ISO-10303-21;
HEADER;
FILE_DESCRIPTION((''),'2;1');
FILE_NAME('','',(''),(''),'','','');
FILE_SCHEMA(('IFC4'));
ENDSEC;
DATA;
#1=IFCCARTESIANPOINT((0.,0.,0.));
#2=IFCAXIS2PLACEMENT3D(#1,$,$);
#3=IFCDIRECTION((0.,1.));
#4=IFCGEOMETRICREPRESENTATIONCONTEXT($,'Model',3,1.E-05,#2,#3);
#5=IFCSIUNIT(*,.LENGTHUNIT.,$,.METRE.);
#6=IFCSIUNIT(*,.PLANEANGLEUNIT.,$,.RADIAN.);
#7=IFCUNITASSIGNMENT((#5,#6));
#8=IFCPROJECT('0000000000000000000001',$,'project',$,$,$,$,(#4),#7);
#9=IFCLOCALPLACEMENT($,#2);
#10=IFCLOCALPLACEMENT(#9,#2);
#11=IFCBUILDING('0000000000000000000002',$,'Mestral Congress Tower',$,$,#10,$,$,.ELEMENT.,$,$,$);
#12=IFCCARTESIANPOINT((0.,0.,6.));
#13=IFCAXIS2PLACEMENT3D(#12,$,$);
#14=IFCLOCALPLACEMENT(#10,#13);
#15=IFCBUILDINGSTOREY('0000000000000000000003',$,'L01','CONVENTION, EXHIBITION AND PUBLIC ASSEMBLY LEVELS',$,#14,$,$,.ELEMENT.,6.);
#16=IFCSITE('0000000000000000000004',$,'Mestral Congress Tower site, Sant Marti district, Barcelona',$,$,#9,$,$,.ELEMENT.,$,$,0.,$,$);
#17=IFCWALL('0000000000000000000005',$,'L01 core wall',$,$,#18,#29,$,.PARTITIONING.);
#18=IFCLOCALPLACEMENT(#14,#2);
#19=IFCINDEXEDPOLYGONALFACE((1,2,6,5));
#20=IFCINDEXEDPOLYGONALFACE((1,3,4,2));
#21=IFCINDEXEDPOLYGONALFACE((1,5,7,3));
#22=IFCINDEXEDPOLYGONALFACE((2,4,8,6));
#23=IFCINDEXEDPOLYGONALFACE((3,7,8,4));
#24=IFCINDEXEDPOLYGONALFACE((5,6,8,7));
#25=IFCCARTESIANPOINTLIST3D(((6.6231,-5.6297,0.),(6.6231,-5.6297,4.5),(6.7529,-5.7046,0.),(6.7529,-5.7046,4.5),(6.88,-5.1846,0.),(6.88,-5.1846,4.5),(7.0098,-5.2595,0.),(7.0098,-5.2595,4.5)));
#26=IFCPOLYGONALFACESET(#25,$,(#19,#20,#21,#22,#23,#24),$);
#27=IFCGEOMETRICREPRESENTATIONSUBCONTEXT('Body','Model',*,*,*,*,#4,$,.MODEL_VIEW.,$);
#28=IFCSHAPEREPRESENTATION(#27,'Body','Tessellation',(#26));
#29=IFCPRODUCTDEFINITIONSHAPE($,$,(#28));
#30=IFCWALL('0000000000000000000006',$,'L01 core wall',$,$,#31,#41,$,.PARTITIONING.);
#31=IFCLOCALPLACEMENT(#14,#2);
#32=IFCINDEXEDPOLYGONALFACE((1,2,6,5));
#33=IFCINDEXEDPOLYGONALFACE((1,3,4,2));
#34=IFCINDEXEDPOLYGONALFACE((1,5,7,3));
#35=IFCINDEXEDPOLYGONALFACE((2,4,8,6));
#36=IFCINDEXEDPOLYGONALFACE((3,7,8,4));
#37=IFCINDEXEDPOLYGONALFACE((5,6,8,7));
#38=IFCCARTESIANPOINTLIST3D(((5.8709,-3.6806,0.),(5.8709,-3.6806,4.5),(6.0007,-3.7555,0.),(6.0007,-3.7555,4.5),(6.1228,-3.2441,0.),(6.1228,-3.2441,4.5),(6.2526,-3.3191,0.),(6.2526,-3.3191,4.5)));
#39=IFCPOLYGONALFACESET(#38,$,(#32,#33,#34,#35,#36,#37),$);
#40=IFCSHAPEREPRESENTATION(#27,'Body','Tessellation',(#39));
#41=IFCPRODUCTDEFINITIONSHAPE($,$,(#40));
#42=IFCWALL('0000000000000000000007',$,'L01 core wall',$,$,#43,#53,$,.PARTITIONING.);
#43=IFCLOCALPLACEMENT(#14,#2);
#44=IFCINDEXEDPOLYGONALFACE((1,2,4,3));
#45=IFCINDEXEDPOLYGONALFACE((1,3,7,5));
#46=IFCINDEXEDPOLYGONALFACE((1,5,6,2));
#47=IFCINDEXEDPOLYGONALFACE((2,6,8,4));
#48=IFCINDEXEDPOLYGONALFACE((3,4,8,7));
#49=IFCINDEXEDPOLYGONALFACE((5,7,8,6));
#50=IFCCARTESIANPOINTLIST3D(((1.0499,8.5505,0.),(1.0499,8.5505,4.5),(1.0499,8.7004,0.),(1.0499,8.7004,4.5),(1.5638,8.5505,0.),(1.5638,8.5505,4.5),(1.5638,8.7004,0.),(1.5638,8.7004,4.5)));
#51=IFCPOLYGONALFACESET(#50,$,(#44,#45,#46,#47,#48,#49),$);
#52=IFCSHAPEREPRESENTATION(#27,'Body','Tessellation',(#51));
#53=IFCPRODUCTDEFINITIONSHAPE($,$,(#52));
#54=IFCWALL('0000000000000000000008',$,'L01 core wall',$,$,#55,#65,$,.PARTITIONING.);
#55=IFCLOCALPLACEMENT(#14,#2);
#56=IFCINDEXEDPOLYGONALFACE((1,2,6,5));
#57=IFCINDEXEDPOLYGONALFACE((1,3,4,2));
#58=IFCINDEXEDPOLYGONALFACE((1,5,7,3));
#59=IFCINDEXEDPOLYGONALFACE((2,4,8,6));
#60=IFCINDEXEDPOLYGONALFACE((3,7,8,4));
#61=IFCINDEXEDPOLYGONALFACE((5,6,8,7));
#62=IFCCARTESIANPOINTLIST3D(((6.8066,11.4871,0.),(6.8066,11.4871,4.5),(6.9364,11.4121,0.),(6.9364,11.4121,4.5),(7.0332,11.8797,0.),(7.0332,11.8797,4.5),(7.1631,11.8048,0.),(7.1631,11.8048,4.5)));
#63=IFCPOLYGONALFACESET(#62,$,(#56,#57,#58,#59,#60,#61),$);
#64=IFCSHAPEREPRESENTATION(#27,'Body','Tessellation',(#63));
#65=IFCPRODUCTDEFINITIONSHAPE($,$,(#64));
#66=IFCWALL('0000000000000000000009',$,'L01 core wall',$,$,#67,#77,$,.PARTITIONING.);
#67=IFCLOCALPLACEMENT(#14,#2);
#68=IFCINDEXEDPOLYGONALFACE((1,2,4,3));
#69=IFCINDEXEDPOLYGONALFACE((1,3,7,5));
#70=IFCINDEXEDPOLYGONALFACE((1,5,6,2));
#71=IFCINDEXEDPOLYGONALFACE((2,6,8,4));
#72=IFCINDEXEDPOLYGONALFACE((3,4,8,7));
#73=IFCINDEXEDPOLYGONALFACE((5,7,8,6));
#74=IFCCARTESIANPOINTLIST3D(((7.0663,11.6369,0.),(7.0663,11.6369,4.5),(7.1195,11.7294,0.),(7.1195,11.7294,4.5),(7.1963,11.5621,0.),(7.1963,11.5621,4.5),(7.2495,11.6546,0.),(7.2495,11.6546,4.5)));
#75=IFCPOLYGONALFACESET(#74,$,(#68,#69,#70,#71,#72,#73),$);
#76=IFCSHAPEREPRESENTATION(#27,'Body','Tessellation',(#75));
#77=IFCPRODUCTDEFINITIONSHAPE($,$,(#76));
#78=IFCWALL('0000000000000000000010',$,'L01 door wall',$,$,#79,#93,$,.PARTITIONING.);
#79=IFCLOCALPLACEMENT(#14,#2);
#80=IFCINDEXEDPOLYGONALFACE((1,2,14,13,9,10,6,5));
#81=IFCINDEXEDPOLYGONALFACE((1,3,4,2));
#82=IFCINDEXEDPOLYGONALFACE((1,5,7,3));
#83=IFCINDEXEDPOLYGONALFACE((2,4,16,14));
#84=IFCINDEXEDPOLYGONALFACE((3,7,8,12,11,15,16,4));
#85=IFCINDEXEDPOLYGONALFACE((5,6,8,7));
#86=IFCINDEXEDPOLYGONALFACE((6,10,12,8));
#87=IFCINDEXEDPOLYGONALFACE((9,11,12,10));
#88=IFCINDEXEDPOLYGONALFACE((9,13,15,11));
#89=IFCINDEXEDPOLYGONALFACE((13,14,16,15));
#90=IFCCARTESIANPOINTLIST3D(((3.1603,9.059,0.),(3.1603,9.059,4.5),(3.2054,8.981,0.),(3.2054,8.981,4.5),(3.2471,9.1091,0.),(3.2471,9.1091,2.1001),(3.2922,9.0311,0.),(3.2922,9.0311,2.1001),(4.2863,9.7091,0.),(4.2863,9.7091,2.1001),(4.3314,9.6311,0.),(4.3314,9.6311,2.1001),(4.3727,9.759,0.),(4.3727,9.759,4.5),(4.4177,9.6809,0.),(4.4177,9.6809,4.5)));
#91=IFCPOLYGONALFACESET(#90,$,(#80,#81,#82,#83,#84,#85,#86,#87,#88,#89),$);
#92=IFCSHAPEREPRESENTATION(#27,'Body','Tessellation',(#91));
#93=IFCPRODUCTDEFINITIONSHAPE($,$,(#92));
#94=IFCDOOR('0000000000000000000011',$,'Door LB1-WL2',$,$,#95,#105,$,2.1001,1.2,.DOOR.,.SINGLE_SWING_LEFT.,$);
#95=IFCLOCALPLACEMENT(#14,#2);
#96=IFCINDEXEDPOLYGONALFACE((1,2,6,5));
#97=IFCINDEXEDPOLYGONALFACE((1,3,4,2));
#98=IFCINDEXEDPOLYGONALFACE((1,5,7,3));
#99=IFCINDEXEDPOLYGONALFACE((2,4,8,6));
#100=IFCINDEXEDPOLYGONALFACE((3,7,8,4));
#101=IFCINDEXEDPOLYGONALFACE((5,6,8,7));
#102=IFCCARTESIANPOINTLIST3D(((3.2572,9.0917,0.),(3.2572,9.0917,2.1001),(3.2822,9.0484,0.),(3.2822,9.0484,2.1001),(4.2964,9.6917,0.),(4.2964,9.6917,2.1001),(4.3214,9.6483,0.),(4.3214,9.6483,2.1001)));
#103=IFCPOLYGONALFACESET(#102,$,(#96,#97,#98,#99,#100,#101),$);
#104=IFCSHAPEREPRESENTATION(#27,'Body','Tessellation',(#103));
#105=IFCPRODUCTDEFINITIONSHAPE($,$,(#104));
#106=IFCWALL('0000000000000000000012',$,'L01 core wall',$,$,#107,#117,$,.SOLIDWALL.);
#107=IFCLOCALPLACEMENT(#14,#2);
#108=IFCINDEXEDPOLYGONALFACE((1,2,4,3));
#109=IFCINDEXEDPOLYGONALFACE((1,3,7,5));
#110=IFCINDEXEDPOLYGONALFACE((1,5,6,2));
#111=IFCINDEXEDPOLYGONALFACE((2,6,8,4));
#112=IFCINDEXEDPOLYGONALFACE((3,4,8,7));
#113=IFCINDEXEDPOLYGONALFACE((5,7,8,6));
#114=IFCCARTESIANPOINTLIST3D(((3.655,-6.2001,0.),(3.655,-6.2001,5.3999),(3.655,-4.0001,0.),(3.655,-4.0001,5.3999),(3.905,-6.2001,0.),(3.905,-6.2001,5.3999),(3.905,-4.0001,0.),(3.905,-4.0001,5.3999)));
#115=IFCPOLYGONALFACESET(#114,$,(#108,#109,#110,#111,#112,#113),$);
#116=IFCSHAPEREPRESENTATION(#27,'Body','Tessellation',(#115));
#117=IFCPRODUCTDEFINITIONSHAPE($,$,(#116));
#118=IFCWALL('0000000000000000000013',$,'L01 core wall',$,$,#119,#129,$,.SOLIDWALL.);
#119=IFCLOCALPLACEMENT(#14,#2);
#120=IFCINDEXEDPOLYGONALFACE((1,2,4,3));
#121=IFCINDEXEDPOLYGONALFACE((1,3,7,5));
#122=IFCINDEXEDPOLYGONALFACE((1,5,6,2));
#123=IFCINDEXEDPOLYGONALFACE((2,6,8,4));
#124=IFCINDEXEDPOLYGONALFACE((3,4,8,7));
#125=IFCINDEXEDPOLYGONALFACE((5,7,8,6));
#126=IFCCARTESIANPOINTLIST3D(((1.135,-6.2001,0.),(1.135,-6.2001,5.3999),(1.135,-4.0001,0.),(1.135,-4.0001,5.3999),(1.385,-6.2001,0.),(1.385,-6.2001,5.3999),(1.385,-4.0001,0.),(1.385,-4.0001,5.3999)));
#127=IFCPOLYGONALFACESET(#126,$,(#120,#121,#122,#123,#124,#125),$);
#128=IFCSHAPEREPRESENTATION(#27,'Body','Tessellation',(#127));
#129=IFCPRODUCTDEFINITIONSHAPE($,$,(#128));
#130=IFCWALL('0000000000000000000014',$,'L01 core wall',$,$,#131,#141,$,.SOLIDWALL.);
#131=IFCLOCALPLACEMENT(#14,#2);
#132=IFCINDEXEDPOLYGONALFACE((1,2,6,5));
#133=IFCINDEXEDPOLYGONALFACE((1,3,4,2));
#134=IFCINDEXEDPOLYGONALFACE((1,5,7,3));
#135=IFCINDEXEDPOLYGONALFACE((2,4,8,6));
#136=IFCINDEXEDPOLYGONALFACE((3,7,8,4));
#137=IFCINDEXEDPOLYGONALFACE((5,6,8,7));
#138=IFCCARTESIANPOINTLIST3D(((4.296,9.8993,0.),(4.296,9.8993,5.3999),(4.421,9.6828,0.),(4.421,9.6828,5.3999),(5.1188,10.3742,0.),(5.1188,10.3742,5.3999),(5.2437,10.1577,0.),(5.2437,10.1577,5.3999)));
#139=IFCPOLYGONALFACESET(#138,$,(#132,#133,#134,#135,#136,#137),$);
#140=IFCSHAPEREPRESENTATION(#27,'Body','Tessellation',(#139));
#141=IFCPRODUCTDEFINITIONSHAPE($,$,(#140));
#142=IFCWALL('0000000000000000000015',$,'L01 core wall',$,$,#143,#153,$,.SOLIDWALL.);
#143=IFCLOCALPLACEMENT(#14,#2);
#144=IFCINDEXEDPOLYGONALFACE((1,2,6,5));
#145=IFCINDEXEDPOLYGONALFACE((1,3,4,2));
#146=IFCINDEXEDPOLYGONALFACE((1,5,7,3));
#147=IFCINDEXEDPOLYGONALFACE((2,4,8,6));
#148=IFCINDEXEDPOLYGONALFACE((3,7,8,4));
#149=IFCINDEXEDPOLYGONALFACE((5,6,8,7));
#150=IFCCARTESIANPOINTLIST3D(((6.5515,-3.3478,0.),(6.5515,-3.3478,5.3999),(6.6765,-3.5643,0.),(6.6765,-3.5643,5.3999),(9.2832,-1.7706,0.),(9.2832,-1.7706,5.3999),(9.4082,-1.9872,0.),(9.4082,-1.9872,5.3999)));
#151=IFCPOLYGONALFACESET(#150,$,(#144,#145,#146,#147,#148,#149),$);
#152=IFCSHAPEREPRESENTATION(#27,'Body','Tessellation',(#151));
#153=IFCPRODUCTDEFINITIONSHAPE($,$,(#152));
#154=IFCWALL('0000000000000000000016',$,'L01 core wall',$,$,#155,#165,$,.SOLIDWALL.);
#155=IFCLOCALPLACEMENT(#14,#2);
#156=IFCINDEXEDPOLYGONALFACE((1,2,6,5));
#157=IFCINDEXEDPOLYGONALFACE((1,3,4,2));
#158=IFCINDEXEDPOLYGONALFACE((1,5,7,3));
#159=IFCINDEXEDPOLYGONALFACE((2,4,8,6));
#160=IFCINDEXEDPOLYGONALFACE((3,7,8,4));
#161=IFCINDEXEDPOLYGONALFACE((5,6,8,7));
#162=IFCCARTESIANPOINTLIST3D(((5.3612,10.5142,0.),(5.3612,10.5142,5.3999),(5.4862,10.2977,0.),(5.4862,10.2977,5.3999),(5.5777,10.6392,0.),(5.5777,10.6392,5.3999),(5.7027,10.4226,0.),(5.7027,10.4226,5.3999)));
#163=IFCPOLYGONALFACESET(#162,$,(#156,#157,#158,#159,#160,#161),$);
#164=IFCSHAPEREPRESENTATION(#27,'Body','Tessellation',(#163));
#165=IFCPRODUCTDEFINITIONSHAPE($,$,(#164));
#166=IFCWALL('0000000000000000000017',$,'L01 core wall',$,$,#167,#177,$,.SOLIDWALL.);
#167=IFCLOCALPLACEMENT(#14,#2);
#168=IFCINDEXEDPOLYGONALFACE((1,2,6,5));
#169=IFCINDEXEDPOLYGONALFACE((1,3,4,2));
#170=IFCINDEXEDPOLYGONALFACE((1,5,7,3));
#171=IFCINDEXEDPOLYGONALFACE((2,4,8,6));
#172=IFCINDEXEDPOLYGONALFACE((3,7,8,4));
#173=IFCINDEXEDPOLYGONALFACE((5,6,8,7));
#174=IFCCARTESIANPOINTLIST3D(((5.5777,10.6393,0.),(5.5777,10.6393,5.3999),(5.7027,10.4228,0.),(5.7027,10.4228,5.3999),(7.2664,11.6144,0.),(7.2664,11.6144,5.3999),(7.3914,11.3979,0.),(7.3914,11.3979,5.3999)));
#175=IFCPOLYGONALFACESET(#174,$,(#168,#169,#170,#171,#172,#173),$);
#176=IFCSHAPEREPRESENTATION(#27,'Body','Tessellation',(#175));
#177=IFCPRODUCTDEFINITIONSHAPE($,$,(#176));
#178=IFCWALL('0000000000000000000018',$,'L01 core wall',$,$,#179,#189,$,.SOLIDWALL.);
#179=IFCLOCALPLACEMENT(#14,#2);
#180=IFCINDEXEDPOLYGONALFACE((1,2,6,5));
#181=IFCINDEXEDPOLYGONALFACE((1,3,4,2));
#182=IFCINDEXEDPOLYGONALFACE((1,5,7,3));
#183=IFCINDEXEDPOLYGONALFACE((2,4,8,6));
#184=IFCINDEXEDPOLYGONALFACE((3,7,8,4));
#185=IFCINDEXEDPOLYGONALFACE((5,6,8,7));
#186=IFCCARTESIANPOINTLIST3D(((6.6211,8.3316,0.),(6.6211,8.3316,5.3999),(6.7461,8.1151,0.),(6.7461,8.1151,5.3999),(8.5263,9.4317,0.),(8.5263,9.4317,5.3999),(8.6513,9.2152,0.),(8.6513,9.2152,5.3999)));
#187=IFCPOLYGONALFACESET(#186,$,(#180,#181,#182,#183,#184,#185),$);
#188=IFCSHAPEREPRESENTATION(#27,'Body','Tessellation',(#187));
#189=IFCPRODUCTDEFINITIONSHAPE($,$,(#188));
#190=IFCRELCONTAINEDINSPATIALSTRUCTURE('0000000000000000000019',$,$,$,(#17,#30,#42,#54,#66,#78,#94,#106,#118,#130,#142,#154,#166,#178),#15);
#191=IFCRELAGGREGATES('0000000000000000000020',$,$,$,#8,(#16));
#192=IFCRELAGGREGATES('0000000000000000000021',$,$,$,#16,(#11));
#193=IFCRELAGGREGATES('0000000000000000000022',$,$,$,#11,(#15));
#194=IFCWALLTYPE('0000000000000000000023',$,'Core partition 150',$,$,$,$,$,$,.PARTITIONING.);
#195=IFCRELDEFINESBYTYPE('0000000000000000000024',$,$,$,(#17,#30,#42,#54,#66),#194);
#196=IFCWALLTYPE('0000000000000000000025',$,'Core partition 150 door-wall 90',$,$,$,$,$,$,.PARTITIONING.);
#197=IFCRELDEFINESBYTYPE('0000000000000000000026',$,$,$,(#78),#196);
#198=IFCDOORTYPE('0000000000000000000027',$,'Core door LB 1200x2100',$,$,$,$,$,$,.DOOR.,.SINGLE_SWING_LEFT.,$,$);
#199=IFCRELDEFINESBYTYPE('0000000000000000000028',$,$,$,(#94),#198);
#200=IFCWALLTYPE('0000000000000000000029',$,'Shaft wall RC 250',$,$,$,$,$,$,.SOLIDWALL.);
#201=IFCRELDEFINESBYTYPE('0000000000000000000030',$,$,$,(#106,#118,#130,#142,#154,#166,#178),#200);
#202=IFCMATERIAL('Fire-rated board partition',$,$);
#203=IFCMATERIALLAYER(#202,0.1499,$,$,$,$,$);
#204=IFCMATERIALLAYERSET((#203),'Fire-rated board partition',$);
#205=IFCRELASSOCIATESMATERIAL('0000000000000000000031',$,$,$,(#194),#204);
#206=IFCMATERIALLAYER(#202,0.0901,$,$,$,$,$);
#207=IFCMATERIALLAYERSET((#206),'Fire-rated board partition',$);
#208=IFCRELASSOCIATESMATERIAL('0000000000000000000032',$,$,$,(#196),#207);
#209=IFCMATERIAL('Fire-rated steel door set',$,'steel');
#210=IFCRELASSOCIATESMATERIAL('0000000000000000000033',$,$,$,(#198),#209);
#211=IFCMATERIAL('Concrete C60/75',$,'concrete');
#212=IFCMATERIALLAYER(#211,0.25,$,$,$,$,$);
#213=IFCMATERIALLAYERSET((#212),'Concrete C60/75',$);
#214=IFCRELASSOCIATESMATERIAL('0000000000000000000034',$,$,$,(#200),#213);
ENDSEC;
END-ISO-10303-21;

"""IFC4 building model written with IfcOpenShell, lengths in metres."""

from ifc_helpers import new_model, si_unit, direction, frame, frame_2d, origin, place, context, subcontext, project, spatial, rectangle, extrude, material, layer, layer_set, type_object, element, fill, save


model = new_model("IFC4")

# Units and contexts
model_context = context("Model", 3, precision=1e-05, world=origin(), true_north=direction((0.0, 1.0)))
body_context = subcontext(model_context, "Body", "Model", "MODEL_VIEW")
ifc_project = project(units=[si_unit("LENGTHUNIT", "METRE"), si_unit("PLANEANGLEUNIT", "RADIAN")], contexts=[model_context])

# Site, building, storey
site_placement = place(None, origin())
site = spatial("IfcSite", under=ifc_project, at=site_placement, Name="Mestral Congress Tower site, Sant Marti district, Barcelona", CompositionType="ELEMENT", RefElevation=0.0)
building_placement = place(site_placement, origin())
building = spatial("IfcBuilding", under=site, at=building_placement, Name="Mestral Congress Tower", CompositionType="ELEMENT")
storey_placement = place(building_placement, frame((0.0, 0.0, 6.0)))
storey = spatial("IfcBuildingStorey", under=building, at=storey_placement, Name="L01", Description="CONVENTION, EXHIBITION AND PUBLIC ASSEMBLY LEVELS", CompositionType="ELEMENT", Elevation=6.0)

# Walls
ifc_material_1 = material(Name="Fire-rated board partition")
ifc_layer_1 = layer(ifc_material_1, 0.1499)
ifc_layer_set_1 = layer_set([ifc_layer_1], Name="Fire-rated board partition")
wall_type_1 = type_object("IfcWallType", Name="Core partition 150", PredefinedType="PARTITIONING", material=ifc_layer_set_1)
wall_1_placement = place(storey_placement, frame((6.9448, -5.2222, 0.0), z_axis=(0.0, 0.0, 1.0), x_axis=(-0.499818, -0.86613, 0.0)))
element("IfcWall", 1, at=wall_1_placement, inside=storey, type_object=wall_type_1, Name="L01 core wall", PredefinedType="PARTITIONING", context=body_context, shape_type="SweptSolid", body=[
    extrude(rectangle(XDim=0.5139, YDim=0.1499, at=frame_2d((0.2568, 0.0))), origin(), (0.0, 0.0, 1.0), 4.5),
])
wall_2_placement = place(storey_placement, frame((5.9358, -3.718, 0.0), z_axis=(0.0, 0.0, 1.0), x_axis=(0.49989, 0.866089, 0.0)))
element("IfcWall", 2, at=wall_2_placement, inside=storey, type_object=wall_type_1, Name="L01 core wall", PredefinedType="PARTITIONING", context=body_context, shape_type="SweptSolid", body=[
    extrude(rectangle(XDim=0.5039, YDim=0.1499, at=frame_2d((0.252, 0.0))), origin(), (0.0, 0.0, 1.0), 4.5),
])
wall_3_placement = place(storey_placement, frame((1.05, 8.6255, 0.0), z_axis=(0.0, 0.0, 1.0), x_axis=(1.0, 0.0, 0.0)))
element("IfcWall", 3, at=wall_3_placement, inside=storey, type_object=wall_type_1, Name="L01 core wall", PredefinedType="PARTITIONING", context=body_context, shape_type="SweptSolid", body=[
    extrude(rectangle(XDim=0.5139, YDim=0.1499, at=frame_2d((0.2568, 0.0))), origin(), (0.0, 0.0, 1.0), 4.5),
])
wall_4_placement = place(storey_placement, frame((6.8716, 11.4497, 0.0), z_axis=(0.0, 0.0, 1.0), x_axis=(0.499847, 0.866114, 0.0)))
element("IfcWall", 4, at=wall_4_placement, inside=storey, type_object=wall_type_1, Name="L01 core wall", PredefinedType="PARTITIONING", context=body_context, shape_type="SweptSolid", body=[
    extrude(rectangle(XDim=0.4534, YDim=0.1499, at=frame_2d((0.2266, 0.0))), origin(), (0.0, 0.0, 1.0), 4.5),
])
wall_5_placement = place(storey_placement, frame((7.1313, 11.5996, 0.0), z_axis=(0.0, 0.0, 1.0), x_axis=(0.4986, 0.866832, 0.0)))
element("IfcWall", 5, at=wall_5_placement, inside=storey, type_object=wall_type_1, Name="L01 core wall", PredefinedType="PARTITIONING", context=body_context, shape_type="SweptSolid", body=[
    extrude(rectangle(XDim=0.1067, YDim=0.1499, at=frame_2d((0.0532, 0.0))), origin(), (0.0, 0.0, 1.0), 4.5),
])

# Wall, opening, door
ifc_layer_2 = layer(ifc_material_1, 0.0901)
ifc_layer_set_2 = layer_set([ifc_layer_2], Name="Fire-rated board partition")
wall_type_2 = type_object("IfcWallType", Name="Core partition 150 door-wall 90", PredefinedType="PARTITIONING", material=ifc_layer_set_2)
wall_6_placement = place(storey_placement, frame((3.1829, 9.02, 0.0), z_axis=(0.0, 0.0, 1.0), x_axis=(0.866035, 0.499984, 0.0)))
wall_6 = element("IfcWall", 6, at=wall_6_placement, inside=storey, type_object=wall_type_2, Name="L01 door wall", PredefinedType="PARTITIONING", context=body_context, shape_type="SweptSolid", body=[
    extrude(rectangle(XDim=1.3999, YDim=0.0901, at=frame_2d((0.7, 0.0))), origin(), (0.0, 0.0, 1.0), 4.5),
])
opening_1_placement = place(wall_6_placement, frame((0.1001, 0.0, 0.0)))
opening_1 = element("IfcOpeningElement", 7, at=opening_1_placement, cuts=wall_6, PredefinedType="OPENING", context=body_context, shape_type="SweptSolid", body=[
    extrude(rectangle(XDim=1.2, YDim=2.1001, at=frame_2d((0.6001, 1.05))), frame((0.0, 0.0549, 0.0), z_axis=(0.0, -1.0, 0.0), x_axis=(1.0, 0.0, 0.0)), (0.0, 0.0, 1.0), 0.1101),
])
ifc_material_2 = material(Name="Fire-rated steel door set", Category="steel")
door_type_1 = type_object("IfcDoorType", Name="Core door LB 1200x2100", OperationType="SINGLE_SWING_LEFT", PredefinedType="DOOR", material=ifc_material_2)
door_1_placement = place(opening_1_placement, origin())
door_1 = element("IfcDoor", 8, at=door_1_placement, inside=storey, type_object=door_type_1, Name="Door LB1-WL2", OperationType="SINGLE_SWING_LEFT", OverallHeight=2.1001, OverallWidth=1.2, PredefinedType="DOOR", context=body_context, shape_type="SweptSolid", body=[
    extrude(rectangle(XDim=1.2, YDim=2.1001, at=frame_2d((0.6001, 1.05))), frame((0.0, 0.0249, 0.0), z_axis=(0.0, -1.0, 0.0), x_axis=(1.0, 0.0, 0.0)), (0.0, 0.0, 1.0), 0.05),
])
fill(opening_1, door_1)

# Walls
ifc_material_3 = material(Name="Concrete C60/75", Category="concrete")
ifc_layer_3 = layer(ifc_material_3, 0.25)
ifc_layer_set_3 = layer_set([ifc_layer_3], Name="Concrete C60/75")
wall_type_3 = type_object("IfcWallType", Name="Shaft wall RC 250", PredefinedType="SOLIDWALL", material=ifc_layer_set_3)
for number, where, z_axis, x_axis, name in (
    (9, (3.78, -4.0, 0.0), (0.0, 0.0, 1.0), (0.0, -1.0, 0.0), "L01 core wall"),
    (10, (1.26, -4.0, 0.0), (0.0, 0.0, 1.0), (0.0, -1.0, 0.0), "L01 core wall"),
):
    element("IfcWall", number, at=place(storey_placement, frame(where, z_axis=z_axis, x_axis=x_axis)), inside=storey, type_object=wall_type_3, Name=name, PredefinedType="SOLIDWALL", context=body_context, shape_type="SweptSolid", body=[
        extrude(rectangle(XDim=2.2, YDim=0.25, at=frame_2d((1.1001, 0.0))), origin(), (0.0, 0.0, 1.0), 5.3999),
    ])
wall_7_placement = place(storey_placement, frame((4.3584, 9.791, 0.0), z_axis=(0.0, 0.0, 1.0), x_axis=(0.8661, 0.499871, 0.0)))
element("IfcWall", 11, at=wall_7_placement, inside=storey, type_object=wall_type_3, Name="L01 core wall", PredefinedType="SOLIDWALL", context=body_context, shape_type="SweptSolid", body=[
    extrude(rectangle(XDim=0.95, YDim=0.25, at=frame_2d((0.4751, 0.0))), origin(), (0.0, 0.0, 1.0), 5.3999),
])
wall_8_placement = place(storey_placement, frame((6.614, -3.4561, 0.0), z_axis=(0.0, 0.0, 1.0), x_axis=(0.866024, 0.500002, 0.0)))
element("IfcWall", 12, at=wall_8_placement, inside=storey, type_object=wall_type_3, Name="L01 core wall", PredefinedType="SOLIDWALL", context=body_context, shape_type="SweptSolid", body=[
    extrude(rectangle(XDim=3.1543, YDim=0.25, at=frame_2d((1.5771, 0.0))), origin(), (0.0, 0.0, 1.0), 5.3999),
])
wall_9_placement = place(storey_placement, frame((5.4695, 10.5767, 0.0), z_axis=(0.0, 0.0, 1.0), x_axis=(0.49992, -0.866072, 0.0)))
element("IfcWall", 13, at=wall_9_placement, inside=storey, type_object=wall_type_3, Name="L01 core wall", PredefinedType="SOLIDWALL", context=body_context, shape_type="SweptSolid", body=[
    extrude(rectangle(XDim=0.25, YDim=0.25, at=frame_2d((0.125, 0.0))), origin(), (0.0, 0.0, 1.0), 5.3999),
])
wall_10_placement = place(storey_placement, frame((5.6401, 10.531, 0.0), z_axis=(0.0, 0.0, 1.0), x_axis=(0.866, 0.500044, 0.0)))
element("IfcWall", 14, at=wall_10_placement, inside=storey, type_object=wall_type_3, Name="L01 core wall", PredefinedType="SOLIDWALL", context=body_context, shape_type="SweptSolid", body=[
    extrude(rectangle(XDim=1.95, YDim=0.25, at=frame_2d((0.9751, 0.0))), origin(), (0.0, 0.0, 1.0), 5.3999),
])
for number, where, z_axis, x_axis, name in (
    (15, (8.5889, 9.3235, 0.0), (0.0, 0.0, 1.0), (-0.866008, -0.50003, 0.0), "L01 core wall"),
):
    element("IfcWall", number, at=place(storey_placement, frame(where, z_axis=z_axis, x_axis=x_axis)), inside=storey, type_object=wall_type_3, Name=name, PredefinedType="SOLIDWALL", context=body_context, shape_type="SweptSolid", body=[
        extrude(rectangle(XDim=2.2, YDim=0.25, at=frame_2d((1.1001, 0.0))), origin(), (0.0, 0.0, 1.0), 5.3999),
    ])

save(model, "model.ifc")
